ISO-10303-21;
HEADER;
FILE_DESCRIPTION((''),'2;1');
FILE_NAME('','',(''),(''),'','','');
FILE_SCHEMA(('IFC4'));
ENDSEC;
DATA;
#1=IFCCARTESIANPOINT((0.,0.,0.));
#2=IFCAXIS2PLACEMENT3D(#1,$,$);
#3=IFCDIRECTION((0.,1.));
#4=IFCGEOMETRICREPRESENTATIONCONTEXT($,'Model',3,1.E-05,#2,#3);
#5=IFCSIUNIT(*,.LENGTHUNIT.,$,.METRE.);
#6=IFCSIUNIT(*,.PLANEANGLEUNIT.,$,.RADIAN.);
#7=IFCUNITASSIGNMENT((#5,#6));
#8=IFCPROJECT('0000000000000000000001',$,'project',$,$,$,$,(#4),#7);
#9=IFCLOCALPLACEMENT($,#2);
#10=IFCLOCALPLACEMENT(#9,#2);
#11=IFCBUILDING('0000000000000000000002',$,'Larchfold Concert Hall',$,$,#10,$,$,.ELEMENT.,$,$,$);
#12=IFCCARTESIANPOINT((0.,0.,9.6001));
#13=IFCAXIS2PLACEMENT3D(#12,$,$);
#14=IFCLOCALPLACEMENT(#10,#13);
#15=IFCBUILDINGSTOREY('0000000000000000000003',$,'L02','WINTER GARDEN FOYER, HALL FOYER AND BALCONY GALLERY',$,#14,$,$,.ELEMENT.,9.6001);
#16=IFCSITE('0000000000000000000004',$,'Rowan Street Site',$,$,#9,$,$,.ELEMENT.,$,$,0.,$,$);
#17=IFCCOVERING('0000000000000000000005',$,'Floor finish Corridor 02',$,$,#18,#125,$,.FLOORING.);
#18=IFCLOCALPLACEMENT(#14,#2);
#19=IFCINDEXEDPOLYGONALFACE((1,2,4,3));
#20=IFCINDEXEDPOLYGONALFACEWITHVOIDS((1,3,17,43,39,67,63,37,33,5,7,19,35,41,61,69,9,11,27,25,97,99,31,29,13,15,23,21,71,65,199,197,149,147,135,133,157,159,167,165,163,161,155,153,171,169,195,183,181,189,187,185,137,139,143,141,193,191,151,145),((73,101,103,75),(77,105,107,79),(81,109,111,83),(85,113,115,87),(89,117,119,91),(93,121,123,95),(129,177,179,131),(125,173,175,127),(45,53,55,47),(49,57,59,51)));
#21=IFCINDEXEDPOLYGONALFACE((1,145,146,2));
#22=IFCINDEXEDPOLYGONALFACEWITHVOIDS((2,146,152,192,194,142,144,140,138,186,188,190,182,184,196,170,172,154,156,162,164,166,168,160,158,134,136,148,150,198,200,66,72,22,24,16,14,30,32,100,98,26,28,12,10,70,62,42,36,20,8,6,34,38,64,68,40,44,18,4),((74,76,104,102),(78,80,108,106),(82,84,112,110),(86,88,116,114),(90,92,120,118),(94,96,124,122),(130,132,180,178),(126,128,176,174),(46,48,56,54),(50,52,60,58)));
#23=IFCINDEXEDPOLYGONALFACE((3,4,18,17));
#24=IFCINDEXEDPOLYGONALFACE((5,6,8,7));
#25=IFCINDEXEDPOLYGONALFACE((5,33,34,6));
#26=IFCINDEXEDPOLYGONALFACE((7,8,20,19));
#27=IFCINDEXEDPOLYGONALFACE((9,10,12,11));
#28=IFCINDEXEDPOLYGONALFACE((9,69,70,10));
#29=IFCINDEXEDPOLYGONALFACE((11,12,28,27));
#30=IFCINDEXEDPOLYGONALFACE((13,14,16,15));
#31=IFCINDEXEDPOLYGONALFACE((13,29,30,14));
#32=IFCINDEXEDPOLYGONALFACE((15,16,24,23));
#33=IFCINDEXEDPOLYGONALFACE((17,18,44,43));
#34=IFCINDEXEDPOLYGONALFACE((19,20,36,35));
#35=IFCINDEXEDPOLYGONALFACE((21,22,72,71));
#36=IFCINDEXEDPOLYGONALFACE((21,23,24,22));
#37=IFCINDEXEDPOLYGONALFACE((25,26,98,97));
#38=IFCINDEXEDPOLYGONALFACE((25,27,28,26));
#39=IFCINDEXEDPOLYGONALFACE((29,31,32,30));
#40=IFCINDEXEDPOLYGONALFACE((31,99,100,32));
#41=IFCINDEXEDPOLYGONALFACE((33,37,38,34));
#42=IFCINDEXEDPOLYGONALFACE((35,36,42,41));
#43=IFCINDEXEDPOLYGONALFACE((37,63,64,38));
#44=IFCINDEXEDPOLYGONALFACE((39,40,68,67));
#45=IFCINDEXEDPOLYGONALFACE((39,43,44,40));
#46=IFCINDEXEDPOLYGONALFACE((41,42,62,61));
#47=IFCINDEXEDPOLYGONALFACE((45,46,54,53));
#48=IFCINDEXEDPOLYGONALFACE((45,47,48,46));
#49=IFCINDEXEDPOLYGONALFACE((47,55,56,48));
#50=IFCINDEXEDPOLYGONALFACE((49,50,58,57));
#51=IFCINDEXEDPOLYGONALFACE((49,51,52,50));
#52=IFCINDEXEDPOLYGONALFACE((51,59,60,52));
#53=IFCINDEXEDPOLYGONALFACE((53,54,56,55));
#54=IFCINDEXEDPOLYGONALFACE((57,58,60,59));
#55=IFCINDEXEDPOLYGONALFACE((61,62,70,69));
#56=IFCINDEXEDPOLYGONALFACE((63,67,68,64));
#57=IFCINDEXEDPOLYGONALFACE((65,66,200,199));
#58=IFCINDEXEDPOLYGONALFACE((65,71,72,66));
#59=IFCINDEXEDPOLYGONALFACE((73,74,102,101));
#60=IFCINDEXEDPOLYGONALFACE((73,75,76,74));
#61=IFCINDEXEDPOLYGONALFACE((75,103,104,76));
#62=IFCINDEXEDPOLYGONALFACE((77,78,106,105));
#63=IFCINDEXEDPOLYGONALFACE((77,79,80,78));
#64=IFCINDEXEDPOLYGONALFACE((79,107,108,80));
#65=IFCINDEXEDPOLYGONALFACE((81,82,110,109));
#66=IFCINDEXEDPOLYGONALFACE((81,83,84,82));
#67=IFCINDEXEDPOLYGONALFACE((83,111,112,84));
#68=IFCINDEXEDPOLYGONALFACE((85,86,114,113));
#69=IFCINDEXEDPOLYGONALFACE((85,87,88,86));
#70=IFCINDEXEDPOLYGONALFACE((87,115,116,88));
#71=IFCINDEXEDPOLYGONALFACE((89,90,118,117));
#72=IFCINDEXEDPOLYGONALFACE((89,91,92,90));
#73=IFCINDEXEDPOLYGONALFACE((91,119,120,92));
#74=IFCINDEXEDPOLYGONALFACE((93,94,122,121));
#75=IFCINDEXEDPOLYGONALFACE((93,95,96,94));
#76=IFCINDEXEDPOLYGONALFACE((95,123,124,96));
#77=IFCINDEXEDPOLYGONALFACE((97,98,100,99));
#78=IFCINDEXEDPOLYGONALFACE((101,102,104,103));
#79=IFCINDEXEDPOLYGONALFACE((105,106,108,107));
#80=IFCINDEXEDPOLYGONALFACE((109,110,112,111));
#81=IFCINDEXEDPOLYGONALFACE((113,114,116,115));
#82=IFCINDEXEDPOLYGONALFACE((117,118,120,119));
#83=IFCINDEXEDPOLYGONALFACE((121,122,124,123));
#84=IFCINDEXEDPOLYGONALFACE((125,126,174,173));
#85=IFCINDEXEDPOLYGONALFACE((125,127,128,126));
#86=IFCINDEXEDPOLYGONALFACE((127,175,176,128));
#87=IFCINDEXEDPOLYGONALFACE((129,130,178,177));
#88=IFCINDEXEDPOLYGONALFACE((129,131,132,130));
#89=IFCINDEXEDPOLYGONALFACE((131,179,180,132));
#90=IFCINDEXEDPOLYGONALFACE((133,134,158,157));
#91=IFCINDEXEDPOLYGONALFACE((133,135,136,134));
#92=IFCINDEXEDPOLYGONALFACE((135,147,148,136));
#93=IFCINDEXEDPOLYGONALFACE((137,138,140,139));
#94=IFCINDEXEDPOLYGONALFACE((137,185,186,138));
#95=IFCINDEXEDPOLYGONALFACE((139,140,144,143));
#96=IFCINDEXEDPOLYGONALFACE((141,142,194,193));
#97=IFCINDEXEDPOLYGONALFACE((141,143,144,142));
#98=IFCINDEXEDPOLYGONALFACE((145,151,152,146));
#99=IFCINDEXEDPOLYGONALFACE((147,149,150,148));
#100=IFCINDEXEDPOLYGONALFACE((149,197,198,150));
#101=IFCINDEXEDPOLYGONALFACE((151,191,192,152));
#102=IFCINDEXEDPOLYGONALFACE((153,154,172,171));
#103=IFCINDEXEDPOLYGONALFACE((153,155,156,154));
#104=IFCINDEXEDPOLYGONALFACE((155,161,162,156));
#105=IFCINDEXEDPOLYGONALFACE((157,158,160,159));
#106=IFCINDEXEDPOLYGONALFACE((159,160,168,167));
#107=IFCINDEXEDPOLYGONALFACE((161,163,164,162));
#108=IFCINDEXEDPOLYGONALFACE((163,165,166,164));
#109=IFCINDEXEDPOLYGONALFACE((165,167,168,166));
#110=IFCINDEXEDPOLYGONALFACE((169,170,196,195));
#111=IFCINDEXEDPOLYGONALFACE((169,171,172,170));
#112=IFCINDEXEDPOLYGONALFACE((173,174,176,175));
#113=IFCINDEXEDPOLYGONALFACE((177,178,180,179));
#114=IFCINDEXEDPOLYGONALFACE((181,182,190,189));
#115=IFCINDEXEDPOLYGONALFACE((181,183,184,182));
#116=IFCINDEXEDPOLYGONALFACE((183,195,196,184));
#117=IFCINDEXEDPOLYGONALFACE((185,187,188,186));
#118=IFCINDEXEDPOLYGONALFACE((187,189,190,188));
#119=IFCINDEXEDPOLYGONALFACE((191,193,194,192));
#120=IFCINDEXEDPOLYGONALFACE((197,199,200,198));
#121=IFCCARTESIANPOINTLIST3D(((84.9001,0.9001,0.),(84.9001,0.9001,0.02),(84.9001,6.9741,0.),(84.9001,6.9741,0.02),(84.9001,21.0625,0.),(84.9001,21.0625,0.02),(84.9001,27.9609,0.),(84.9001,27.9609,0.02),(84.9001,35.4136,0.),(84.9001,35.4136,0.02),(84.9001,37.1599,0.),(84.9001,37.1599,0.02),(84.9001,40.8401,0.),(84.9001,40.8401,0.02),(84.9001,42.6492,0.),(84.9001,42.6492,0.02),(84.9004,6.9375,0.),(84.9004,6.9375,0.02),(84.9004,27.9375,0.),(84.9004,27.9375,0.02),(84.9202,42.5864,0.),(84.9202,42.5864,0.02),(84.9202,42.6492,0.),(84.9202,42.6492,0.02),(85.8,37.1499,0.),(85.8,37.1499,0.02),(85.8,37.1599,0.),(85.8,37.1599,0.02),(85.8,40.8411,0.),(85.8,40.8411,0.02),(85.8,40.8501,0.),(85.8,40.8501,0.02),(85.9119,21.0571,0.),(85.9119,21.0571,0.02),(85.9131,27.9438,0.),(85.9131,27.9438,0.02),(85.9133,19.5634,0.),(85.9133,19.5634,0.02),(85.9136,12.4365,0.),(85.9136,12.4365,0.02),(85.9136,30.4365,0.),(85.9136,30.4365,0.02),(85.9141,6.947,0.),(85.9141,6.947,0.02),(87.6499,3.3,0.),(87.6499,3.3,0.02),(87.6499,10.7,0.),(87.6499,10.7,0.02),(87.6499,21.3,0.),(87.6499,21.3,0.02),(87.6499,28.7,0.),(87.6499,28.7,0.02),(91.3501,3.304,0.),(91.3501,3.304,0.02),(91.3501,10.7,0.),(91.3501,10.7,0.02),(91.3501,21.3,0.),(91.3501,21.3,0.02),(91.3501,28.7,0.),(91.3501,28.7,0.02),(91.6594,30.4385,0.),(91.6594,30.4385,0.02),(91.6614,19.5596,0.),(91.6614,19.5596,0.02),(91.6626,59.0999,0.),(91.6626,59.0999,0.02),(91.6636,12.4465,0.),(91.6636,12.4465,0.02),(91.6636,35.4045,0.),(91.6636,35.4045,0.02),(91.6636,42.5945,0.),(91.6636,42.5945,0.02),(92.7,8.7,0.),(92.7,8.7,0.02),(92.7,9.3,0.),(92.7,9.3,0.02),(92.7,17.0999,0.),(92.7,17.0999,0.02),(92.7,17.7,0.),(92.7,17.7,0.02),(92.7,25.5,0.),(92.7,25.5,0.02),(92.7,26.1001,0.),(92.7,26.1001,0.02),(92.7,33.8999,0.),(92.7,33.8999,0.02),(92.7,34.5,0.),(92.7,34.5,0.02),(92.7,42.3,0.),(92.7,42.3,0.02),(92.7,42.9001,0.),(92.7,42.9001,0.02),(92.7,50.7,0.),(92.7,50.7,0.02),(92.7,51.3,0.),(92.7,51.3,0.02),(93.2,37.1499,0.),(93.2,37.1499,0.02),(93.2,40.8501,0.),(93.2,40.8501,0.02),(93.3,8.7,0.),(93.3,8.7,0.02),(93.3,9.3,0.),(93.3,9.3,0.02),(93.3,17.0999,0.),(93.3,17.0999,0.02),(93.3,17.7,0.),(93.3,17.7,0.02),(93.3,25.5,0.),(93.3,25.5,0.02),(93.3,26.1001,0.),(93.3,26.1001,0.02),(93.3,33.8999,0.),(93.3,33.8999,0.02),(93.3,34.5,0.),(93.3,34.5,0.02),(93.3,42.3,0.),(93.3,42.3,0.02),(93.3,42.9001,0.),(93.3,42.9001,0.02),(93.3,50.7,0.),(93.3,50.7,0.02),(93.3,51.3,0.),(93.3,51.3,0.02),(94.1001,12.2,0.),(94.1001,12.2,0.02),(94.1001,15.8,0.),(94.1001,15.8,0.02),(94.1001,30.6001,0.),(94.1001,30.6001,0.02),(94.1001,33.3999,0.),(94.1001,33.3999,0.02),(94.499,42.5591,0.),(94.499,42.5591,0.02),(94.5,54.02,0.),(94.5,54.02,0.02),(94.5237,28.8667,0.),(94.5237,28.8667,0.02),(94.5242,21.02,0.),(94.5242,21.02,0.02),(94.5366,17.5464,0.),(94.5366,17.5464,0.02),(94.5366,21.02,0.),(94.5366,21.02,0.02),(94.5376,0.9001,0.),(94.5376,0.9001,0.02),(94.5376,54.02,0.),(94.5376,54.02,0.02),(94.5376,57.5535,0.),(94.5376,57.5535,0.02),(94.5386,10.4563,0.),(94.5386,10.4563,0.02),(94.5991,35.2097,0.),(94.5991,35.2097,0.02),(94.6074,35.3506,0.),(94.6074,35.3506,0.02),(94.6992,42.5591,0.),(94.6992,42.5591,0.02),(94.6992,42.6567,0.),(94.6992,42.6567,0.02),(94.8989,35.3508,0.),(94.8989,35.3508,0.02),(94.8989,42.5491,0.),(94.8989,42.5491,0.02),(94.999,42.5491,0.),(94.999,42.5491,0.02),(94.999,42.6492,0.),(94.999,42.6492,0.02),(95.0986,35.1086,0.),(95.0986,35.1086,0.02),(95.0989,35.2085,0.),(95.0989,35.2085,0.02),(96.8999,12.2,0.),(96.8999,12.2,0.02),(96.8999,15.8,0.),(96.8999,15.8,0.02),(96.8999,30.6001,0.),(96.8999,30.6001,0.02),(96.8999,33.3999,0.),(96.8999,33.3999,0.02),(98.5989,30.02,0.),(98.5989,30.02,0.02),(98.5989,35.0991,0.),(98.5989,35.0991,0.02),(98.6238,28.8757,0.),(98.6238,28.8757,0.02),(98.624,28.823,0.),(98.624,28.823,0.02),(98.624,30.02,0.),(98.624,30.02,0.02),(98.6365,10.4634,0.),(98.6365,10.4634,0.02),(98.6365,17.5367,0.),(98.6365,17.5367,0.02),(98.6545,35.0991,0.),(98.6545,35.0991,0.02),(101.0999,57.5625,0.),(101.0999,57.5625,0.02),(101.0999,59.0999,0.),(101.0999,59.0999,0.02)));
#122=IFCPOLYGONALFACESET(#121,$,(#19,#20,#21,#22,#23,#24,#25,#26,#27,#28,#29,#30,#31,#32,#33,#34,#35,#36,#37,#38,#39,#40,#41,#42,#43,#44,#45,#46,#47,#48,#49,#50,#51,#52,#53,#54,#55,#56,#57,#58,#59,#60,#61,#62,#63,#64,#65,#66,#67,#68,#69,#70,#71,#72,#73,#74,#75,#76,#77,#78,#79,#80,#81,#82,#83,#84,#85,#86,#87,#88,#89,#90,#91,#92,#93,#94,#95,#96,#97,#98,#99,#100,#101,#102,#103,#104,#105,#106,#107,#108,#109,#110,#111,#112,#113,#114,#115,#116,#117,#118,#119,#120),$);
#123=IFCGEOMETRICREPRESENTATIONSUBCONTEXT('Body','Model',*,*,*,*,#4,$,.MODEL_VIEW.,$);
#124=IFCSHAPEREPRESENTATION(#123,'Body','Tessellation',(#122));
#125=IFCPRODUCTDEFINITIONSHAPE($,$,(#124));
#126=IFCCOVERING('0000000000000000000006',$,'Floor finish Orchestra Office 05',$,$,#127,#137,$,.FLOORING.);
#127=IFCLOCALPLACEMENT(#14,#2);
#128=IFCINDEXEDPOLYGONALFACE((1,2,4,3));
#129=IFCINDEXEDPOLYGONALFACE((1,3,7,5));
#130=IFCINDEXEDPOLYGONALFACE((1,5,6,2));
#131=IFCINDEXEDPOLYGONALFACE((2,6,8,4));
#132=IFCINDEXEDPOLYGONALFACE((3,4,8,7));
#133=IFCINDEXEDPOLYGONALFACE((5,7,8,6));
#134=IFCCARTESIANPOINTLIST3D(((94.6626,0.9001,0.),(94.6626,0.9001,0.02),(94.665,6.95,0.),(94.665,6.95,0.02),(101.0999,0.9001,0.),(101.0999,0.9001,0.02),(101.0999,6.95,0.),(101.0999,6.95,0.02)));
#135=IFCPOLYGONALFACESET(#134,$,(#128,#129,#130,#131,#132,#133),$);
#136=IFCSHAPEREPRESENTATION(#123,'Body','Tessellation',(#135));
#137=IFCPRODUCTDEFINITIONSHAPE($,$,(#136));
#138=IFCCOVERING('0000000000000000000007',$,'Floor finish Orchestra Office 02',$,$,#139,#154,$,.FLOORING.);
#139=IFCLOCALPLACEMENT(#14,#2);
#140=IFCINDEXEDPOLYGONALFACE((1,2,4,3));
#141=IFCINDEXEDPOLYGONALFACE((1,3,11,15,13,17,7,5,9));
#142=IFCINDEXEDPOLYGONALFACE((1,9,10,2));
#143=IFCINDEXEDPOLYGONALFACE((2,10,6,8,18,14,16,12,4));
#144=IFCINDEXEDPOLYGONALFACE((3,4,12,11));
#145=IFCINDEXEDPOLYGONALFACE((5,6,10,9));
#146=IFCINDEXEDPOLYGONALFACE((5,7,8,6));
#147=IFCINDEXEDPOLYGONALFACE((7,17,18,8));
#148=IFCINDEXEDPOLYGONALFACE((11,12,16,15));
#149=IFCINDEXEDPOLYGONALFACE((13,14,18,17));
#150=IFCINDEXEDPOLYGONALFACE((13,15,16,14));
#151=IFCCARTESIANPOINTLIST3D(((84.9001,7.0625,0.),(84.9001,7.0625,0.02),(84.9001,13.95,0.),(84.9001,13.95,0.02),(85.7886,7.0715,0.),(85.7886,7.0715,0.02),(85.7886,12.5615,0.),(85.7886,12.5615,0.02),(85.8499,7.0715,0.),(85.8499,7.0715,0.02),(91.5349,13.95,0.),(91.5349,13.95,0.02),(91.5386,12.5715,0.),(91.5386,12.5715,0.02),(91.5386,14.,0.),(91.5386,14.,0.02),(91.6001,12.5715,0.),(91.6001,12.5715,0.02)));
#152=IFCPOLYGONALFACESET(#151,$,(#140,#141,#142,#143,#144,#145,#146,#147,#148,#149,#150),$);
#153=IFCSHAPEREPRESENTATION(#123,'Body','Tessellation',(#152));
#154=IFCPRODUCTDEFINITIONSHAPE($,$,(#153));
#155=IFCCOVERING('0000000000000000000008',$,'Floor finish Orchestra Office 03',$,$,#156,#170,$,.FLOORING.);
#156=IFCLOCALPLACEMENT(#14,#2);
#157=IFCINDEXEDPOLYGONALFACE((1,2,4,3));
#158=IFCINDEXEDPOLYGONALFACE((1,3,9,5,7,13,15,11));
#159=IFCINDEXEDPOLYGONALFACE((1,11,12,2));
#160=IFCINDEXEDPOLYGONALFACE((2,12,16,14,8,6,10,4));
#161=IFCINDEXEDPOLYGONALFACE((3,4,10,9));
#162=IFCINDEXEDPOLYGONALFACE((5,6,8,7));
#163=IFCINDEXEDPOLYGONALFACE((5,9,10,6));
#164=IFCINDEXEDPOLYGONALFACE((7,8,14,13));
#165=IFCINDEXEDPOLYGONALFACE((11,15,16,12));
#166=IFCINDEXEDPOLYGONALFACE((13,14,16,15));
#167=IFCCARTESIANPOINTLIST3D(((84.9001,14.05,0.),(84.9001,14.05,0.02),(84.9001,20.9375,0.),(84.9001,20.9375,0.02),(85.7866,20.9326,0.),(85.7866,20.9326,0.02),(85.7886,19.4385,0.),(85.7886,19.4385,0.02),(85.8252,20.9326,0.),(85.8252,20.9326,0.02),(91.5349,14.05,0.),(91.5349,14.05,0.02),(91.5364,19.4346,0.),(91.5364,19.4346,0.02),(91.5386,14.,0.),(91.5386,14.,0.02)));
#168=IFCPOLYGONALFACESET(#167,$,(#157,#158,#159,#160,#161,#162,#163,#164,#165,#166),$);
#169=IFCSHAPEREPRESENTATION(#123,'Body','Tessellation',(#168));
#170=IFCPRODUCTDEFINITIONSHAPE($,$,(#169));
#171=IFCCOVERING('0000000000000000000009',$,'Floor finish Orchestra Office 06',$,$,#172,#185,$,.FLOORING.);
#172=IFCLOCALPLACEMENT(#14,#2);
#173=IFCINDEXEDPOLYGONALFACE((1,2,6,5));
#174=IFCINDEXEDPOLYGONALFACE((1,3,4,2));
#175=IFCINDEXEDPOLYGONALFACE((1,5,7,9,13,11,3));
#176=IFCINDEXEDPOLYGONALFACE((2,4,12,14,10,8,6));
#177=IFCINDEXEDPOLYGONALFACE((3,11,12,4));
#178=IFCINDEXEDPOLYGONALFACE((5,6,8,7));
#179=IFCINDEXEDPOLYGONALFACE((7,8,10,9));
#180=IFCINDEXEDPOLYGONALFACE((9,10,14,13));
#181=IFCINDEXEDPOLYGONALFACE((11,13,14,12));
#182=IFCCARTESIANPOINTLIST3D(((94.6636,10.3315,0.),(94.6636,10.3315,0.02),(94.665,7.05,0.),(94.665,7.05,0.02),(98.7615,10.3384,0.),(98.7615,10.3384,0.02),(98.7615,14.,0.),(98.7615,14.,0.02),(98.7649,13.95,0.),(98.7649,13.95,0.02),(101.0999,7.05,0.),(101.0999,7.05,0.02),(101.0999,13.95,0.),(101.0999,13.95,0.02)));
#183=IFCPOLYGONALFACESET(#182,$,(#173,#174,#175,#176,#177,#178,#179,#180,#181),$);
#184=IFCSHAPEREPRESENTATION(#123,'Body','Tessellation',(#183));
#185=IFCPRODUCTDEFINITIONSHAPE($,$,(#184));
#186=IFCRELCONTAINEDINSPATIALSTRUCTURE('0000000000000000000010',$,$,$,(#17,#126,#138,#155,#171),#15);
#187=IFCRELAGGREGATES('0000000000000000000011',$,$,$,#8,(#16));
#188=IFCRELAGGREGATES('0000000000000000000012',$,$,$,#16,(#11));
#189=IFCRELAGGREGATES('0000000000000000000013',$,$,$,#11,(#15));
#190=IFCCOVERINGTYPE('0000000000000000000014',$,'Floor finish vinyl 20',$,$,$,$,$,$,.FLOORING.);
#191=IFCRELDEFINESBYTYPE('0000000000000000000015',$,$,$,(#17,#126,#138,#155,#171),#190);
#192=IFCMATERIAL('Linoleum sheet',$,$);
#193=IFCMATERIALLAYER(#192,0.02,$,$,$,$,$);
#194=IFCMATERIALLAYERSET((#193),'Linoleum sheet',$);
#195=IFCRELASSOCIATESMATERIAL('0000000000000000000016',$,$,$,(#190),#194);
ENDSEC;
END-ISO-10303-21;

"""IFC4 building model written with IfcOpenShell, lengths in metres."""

from ifc_helpers import new_model, si_unit, direction, frame, origin, place, context, subcontext, project, spatial, polyline, outline, extrude, material, layer, layer_set, type_object, element, save


model = new_model("IFC4")

# Units and contexts
model_context = context("Model", 3, precision=1e-05, world=origin(), true_north=direction((0.0, 1.0)))
body_context = subcontext(model_context, "Body", "Model", "MODEL_VIEW")
ifc_project = project(units=[si_unit("LENGTHUNIT", "METRE"), si_unit("PLANEANGLEUNIT", "RADIAN")], contexts=[model_context])

# Site, building, storey
site_placement = place(None, origin())
site = spatial("IfcSite", under=ifc_project, at=site_placement, Name="Rowan Street Site", CompositionType="ELEMENT", RefElevation=0.0)
building_placement = place(site_placement, origin())
building = spatial("IfcBuilding", under=site, at=building_placement, Name="Larchfold Concert Hall", CompositionType="ELEMENT")
storey_placement = place(building_placement, frame((0.0, 0.0, 9.6001)))
storey = spatial("IfcBuildingStorey", under=building, at=storey_placement, Name="L02", Description="WINTER GARDEN FOYER, HALL FOYER AND BALCONY GALLERY", CompositionType="ELEMENT", Elevation=9.6001)

# Coverings
ifc_material_1 = material(Name="Linoleum sheet")
ifc_layer_1 = layer(ifc_material_1, 0.02)
ifc_layer_set_1 = layer_set([ifc_layer_1], Name="Linoleum sheet")
covering_type_1 = type_object("IfcCoveringType", Name="Floor finish vinyl 20", PredefinedType="FLOORING", material=ifc_layer_set_1)
covering_1_placement = place(storey_placement, origin())
element("IfcCovering", 1, at=covering_1_placement, inside=storey, type_object=covering_type_1, Name="Floor finish Corridor 02", PredefinedType="FLOORING", context=body_context, shape_type="SweptSolid", body=[
    extrude(outline(polyline([(84.9001, 6.9741), (84.9001, 0.9001), (94.5376, 0.9001), (94.5386, 10.4563), (98.6365, 10.4634), (98.6365, 17.5366), (98.6614, 17.5366), (94.5366, 17.5464), (94.5366, 21.02), (94.5242, 21.02), (94.5237, 28.8667), (98.6238, 28.8757), (98.624, 28.823), (98.624, 30.02), (98.5989, 30.02), (98.5989, 35.0991), (98.6545, 35.0991), (95.0986, 35.1086), (95.0989, 35.2085), (94.5991, 35.2097), (94.6074, 35.3506), (94.8989, 35.3508), (94.8989, 42.5491), (94.999, 42.5491), (94.999, 42.6492), (94.6992, 42.6567), (94.6992, 42.5591), (94.499, 42.5591), (94.5, 54.02), (94.5376, 54.02), (94.5376, 57.5535), (101.0999, 57.5625), (101.0999, 59.0999), (91.6626, 59.0999), (91.6636, 42.5945), (84.9202, 42.5864), (84.9202, 42.6492), (84.9001, 42.6492), (84.9001, 40.8401), (85.8, 40.8411), (85.8, 40.8501), (93.2, 40.8501), (93.2, 37.1499), (85.8, 37.1499), (85.8, 37.1599), (84.9001, 37.1599), (84.9001, 35.4136), (91.6636, 35.4045), (91.6594, 30.4385), (85.9136, 30.4365), (85.9136, 30.499), (85.9131, 27.9438), (84.9004, 27.9375), (84.9001, 27.9609), (84.9001, 21.0625), (85.9119, 21.0571), (85.9133, 19.5635), (85.8508, 19.5635), (91.6614, 19.5596), (91.6636, 12.4465), (85.9136, 12.4365), (85.9141, 6.947), (84.9004, 6.9375), (84.9001, 6.9741)]), holes=[polyline([(96.8999, 15.8), (96.8999, 12.2), (94.1001, 12.2), (94.1001, 15.8), (96.8999, 15.8)]), polyline([(96.8999, 33.3999), (96.8999, 30.6001), (94.1001, 30.6001), (94.1001, 33.3999), (96.8999, 33.3999)]), polyline([(92.7, 9.3), (93.3, 9.3), (93.3, 8.7), (92.7, 8.7), (92.7, 9.3)]), polyline([(92.7, 17.7), (93.3, 17.7), (93.3, 17.0999), (92.7, 17.0999), (92.7, 17.7)]), polyline([(92.7, 26.1001), (93.3, 26.1001), (93.3, 25.5), (92.7, 25.5), (92.7, 26.1001)]), polyline([(92.7, 34.5), (93.3, 34.5), (93.3, 33.8999), (92.7, 33.8999), (92.7, 34.5)]), polyline([(92.7, 42.9001), (93.3, 42.9001), (93.3, 42.3), (92.7, 42.3), (92.7, 42.9001)]), polyline([(93.3, 51.3), (93.3, 50.7), (92.7, 50.7), (92.7, 51.3), (93.3, 51.3)]), polyline([(91.3501, 10.7), (91.3501, 3.304), (87.6499, 3.3), (87.6499, 10.7), (91.3501, 10.7)]), polyline([(91.3501, 28.7), (91.3501, 21.3), (87.6499, 21.3), (87.6499, 28.7), (91.3501, 28.7)])]), origin(), (0.0, 0.0, 1.0), 0.02),
])
covering_2_placement = place(storey_placement, origin())
element("IfcCovering", 2, at=covering_2_placement, inside=storey, type_object=covering_type_1, Name="Floor finish Orchestra Office 05", PredefinedType="FLOORING", context=body_context, shape_type="SweptSolid", body=[
    extrude(outline(polyline([(94.665, 7.0), (94.6626, 0.9001), (101.0999, 0.9001), (101.0999, 6.95), (94.665, 6.95), (94.665, 7.0)])), origin(), (0.0, 0.0, 1.0), 0.02),
])
covering_3_placement = place(storey_placement, origin())
element("IfcCovering", 3, at=covering_3_placement, inside=storey, type_object=covering_type_1, Name="Floor finish Orchestra Office 02", PredefinedType="FLOORING", context=body_context, shape_type="SweptSolid", body=[
    extrude(outline(polyline([(85.8499, 7.0715), (85.7886, 7.0715), (85.7886, 12.5615), (91.6001, 12.5715), (91.5386, 12.5715), (91.5386, 14.0), (91.5349, 13.95), (84.9001, 13.95), (84.9001, 7.0625), (85.8499, 7.0715)])), origin(), (0.0, 0.0, 1.0), 0.02),
])
covering_4_placement = place(storey_placement, origin())
element("IfcCovering", 4, at=covering_4_placement, inside=storey, type_object=covering_type_1, Name="Floor finish Orchestra Office 03", PredefinedType="FLOORING", context=body_context, shape_type="SweptSolid", body=[
    extrude(outline(polyline([(85.7866, 20.9326), (85.8252, 20.9326), (84.9001, 20.9375), (84.9001, 14.05), (91.5349, 14.05), (91.5386, 14.0), (91.5364, 19.4346), (85.7886, 19.4385), (85.7866, 20.9326)])), origin(), (0.0, 0.0, 1.0), 0.02),
])
covering_5_placement = place(storey_placement, origin())
element("IfcCovering", 5, at=covering_5_placement, inside=storey, type_object=covering_type_1, Name="Floor finish Orchestra Office 06", PredefinedType="FLOORING", context=body_context, shape_type="SweptSolid", body=[
    extrude(outline(polyline([(94.665, 7.0), (94.665, 7.05), (101.0999, 7.05), (101.0999, 13.95), (98.7649, 13.95), (98.7615, 14.0), (98.7615, 10.3384), (94.6636, 10.3315), (94.665, 7.0)])), origin(), (0.0, 0.0, 1.0), 0.02),
])

save(model, "model.ifc")
